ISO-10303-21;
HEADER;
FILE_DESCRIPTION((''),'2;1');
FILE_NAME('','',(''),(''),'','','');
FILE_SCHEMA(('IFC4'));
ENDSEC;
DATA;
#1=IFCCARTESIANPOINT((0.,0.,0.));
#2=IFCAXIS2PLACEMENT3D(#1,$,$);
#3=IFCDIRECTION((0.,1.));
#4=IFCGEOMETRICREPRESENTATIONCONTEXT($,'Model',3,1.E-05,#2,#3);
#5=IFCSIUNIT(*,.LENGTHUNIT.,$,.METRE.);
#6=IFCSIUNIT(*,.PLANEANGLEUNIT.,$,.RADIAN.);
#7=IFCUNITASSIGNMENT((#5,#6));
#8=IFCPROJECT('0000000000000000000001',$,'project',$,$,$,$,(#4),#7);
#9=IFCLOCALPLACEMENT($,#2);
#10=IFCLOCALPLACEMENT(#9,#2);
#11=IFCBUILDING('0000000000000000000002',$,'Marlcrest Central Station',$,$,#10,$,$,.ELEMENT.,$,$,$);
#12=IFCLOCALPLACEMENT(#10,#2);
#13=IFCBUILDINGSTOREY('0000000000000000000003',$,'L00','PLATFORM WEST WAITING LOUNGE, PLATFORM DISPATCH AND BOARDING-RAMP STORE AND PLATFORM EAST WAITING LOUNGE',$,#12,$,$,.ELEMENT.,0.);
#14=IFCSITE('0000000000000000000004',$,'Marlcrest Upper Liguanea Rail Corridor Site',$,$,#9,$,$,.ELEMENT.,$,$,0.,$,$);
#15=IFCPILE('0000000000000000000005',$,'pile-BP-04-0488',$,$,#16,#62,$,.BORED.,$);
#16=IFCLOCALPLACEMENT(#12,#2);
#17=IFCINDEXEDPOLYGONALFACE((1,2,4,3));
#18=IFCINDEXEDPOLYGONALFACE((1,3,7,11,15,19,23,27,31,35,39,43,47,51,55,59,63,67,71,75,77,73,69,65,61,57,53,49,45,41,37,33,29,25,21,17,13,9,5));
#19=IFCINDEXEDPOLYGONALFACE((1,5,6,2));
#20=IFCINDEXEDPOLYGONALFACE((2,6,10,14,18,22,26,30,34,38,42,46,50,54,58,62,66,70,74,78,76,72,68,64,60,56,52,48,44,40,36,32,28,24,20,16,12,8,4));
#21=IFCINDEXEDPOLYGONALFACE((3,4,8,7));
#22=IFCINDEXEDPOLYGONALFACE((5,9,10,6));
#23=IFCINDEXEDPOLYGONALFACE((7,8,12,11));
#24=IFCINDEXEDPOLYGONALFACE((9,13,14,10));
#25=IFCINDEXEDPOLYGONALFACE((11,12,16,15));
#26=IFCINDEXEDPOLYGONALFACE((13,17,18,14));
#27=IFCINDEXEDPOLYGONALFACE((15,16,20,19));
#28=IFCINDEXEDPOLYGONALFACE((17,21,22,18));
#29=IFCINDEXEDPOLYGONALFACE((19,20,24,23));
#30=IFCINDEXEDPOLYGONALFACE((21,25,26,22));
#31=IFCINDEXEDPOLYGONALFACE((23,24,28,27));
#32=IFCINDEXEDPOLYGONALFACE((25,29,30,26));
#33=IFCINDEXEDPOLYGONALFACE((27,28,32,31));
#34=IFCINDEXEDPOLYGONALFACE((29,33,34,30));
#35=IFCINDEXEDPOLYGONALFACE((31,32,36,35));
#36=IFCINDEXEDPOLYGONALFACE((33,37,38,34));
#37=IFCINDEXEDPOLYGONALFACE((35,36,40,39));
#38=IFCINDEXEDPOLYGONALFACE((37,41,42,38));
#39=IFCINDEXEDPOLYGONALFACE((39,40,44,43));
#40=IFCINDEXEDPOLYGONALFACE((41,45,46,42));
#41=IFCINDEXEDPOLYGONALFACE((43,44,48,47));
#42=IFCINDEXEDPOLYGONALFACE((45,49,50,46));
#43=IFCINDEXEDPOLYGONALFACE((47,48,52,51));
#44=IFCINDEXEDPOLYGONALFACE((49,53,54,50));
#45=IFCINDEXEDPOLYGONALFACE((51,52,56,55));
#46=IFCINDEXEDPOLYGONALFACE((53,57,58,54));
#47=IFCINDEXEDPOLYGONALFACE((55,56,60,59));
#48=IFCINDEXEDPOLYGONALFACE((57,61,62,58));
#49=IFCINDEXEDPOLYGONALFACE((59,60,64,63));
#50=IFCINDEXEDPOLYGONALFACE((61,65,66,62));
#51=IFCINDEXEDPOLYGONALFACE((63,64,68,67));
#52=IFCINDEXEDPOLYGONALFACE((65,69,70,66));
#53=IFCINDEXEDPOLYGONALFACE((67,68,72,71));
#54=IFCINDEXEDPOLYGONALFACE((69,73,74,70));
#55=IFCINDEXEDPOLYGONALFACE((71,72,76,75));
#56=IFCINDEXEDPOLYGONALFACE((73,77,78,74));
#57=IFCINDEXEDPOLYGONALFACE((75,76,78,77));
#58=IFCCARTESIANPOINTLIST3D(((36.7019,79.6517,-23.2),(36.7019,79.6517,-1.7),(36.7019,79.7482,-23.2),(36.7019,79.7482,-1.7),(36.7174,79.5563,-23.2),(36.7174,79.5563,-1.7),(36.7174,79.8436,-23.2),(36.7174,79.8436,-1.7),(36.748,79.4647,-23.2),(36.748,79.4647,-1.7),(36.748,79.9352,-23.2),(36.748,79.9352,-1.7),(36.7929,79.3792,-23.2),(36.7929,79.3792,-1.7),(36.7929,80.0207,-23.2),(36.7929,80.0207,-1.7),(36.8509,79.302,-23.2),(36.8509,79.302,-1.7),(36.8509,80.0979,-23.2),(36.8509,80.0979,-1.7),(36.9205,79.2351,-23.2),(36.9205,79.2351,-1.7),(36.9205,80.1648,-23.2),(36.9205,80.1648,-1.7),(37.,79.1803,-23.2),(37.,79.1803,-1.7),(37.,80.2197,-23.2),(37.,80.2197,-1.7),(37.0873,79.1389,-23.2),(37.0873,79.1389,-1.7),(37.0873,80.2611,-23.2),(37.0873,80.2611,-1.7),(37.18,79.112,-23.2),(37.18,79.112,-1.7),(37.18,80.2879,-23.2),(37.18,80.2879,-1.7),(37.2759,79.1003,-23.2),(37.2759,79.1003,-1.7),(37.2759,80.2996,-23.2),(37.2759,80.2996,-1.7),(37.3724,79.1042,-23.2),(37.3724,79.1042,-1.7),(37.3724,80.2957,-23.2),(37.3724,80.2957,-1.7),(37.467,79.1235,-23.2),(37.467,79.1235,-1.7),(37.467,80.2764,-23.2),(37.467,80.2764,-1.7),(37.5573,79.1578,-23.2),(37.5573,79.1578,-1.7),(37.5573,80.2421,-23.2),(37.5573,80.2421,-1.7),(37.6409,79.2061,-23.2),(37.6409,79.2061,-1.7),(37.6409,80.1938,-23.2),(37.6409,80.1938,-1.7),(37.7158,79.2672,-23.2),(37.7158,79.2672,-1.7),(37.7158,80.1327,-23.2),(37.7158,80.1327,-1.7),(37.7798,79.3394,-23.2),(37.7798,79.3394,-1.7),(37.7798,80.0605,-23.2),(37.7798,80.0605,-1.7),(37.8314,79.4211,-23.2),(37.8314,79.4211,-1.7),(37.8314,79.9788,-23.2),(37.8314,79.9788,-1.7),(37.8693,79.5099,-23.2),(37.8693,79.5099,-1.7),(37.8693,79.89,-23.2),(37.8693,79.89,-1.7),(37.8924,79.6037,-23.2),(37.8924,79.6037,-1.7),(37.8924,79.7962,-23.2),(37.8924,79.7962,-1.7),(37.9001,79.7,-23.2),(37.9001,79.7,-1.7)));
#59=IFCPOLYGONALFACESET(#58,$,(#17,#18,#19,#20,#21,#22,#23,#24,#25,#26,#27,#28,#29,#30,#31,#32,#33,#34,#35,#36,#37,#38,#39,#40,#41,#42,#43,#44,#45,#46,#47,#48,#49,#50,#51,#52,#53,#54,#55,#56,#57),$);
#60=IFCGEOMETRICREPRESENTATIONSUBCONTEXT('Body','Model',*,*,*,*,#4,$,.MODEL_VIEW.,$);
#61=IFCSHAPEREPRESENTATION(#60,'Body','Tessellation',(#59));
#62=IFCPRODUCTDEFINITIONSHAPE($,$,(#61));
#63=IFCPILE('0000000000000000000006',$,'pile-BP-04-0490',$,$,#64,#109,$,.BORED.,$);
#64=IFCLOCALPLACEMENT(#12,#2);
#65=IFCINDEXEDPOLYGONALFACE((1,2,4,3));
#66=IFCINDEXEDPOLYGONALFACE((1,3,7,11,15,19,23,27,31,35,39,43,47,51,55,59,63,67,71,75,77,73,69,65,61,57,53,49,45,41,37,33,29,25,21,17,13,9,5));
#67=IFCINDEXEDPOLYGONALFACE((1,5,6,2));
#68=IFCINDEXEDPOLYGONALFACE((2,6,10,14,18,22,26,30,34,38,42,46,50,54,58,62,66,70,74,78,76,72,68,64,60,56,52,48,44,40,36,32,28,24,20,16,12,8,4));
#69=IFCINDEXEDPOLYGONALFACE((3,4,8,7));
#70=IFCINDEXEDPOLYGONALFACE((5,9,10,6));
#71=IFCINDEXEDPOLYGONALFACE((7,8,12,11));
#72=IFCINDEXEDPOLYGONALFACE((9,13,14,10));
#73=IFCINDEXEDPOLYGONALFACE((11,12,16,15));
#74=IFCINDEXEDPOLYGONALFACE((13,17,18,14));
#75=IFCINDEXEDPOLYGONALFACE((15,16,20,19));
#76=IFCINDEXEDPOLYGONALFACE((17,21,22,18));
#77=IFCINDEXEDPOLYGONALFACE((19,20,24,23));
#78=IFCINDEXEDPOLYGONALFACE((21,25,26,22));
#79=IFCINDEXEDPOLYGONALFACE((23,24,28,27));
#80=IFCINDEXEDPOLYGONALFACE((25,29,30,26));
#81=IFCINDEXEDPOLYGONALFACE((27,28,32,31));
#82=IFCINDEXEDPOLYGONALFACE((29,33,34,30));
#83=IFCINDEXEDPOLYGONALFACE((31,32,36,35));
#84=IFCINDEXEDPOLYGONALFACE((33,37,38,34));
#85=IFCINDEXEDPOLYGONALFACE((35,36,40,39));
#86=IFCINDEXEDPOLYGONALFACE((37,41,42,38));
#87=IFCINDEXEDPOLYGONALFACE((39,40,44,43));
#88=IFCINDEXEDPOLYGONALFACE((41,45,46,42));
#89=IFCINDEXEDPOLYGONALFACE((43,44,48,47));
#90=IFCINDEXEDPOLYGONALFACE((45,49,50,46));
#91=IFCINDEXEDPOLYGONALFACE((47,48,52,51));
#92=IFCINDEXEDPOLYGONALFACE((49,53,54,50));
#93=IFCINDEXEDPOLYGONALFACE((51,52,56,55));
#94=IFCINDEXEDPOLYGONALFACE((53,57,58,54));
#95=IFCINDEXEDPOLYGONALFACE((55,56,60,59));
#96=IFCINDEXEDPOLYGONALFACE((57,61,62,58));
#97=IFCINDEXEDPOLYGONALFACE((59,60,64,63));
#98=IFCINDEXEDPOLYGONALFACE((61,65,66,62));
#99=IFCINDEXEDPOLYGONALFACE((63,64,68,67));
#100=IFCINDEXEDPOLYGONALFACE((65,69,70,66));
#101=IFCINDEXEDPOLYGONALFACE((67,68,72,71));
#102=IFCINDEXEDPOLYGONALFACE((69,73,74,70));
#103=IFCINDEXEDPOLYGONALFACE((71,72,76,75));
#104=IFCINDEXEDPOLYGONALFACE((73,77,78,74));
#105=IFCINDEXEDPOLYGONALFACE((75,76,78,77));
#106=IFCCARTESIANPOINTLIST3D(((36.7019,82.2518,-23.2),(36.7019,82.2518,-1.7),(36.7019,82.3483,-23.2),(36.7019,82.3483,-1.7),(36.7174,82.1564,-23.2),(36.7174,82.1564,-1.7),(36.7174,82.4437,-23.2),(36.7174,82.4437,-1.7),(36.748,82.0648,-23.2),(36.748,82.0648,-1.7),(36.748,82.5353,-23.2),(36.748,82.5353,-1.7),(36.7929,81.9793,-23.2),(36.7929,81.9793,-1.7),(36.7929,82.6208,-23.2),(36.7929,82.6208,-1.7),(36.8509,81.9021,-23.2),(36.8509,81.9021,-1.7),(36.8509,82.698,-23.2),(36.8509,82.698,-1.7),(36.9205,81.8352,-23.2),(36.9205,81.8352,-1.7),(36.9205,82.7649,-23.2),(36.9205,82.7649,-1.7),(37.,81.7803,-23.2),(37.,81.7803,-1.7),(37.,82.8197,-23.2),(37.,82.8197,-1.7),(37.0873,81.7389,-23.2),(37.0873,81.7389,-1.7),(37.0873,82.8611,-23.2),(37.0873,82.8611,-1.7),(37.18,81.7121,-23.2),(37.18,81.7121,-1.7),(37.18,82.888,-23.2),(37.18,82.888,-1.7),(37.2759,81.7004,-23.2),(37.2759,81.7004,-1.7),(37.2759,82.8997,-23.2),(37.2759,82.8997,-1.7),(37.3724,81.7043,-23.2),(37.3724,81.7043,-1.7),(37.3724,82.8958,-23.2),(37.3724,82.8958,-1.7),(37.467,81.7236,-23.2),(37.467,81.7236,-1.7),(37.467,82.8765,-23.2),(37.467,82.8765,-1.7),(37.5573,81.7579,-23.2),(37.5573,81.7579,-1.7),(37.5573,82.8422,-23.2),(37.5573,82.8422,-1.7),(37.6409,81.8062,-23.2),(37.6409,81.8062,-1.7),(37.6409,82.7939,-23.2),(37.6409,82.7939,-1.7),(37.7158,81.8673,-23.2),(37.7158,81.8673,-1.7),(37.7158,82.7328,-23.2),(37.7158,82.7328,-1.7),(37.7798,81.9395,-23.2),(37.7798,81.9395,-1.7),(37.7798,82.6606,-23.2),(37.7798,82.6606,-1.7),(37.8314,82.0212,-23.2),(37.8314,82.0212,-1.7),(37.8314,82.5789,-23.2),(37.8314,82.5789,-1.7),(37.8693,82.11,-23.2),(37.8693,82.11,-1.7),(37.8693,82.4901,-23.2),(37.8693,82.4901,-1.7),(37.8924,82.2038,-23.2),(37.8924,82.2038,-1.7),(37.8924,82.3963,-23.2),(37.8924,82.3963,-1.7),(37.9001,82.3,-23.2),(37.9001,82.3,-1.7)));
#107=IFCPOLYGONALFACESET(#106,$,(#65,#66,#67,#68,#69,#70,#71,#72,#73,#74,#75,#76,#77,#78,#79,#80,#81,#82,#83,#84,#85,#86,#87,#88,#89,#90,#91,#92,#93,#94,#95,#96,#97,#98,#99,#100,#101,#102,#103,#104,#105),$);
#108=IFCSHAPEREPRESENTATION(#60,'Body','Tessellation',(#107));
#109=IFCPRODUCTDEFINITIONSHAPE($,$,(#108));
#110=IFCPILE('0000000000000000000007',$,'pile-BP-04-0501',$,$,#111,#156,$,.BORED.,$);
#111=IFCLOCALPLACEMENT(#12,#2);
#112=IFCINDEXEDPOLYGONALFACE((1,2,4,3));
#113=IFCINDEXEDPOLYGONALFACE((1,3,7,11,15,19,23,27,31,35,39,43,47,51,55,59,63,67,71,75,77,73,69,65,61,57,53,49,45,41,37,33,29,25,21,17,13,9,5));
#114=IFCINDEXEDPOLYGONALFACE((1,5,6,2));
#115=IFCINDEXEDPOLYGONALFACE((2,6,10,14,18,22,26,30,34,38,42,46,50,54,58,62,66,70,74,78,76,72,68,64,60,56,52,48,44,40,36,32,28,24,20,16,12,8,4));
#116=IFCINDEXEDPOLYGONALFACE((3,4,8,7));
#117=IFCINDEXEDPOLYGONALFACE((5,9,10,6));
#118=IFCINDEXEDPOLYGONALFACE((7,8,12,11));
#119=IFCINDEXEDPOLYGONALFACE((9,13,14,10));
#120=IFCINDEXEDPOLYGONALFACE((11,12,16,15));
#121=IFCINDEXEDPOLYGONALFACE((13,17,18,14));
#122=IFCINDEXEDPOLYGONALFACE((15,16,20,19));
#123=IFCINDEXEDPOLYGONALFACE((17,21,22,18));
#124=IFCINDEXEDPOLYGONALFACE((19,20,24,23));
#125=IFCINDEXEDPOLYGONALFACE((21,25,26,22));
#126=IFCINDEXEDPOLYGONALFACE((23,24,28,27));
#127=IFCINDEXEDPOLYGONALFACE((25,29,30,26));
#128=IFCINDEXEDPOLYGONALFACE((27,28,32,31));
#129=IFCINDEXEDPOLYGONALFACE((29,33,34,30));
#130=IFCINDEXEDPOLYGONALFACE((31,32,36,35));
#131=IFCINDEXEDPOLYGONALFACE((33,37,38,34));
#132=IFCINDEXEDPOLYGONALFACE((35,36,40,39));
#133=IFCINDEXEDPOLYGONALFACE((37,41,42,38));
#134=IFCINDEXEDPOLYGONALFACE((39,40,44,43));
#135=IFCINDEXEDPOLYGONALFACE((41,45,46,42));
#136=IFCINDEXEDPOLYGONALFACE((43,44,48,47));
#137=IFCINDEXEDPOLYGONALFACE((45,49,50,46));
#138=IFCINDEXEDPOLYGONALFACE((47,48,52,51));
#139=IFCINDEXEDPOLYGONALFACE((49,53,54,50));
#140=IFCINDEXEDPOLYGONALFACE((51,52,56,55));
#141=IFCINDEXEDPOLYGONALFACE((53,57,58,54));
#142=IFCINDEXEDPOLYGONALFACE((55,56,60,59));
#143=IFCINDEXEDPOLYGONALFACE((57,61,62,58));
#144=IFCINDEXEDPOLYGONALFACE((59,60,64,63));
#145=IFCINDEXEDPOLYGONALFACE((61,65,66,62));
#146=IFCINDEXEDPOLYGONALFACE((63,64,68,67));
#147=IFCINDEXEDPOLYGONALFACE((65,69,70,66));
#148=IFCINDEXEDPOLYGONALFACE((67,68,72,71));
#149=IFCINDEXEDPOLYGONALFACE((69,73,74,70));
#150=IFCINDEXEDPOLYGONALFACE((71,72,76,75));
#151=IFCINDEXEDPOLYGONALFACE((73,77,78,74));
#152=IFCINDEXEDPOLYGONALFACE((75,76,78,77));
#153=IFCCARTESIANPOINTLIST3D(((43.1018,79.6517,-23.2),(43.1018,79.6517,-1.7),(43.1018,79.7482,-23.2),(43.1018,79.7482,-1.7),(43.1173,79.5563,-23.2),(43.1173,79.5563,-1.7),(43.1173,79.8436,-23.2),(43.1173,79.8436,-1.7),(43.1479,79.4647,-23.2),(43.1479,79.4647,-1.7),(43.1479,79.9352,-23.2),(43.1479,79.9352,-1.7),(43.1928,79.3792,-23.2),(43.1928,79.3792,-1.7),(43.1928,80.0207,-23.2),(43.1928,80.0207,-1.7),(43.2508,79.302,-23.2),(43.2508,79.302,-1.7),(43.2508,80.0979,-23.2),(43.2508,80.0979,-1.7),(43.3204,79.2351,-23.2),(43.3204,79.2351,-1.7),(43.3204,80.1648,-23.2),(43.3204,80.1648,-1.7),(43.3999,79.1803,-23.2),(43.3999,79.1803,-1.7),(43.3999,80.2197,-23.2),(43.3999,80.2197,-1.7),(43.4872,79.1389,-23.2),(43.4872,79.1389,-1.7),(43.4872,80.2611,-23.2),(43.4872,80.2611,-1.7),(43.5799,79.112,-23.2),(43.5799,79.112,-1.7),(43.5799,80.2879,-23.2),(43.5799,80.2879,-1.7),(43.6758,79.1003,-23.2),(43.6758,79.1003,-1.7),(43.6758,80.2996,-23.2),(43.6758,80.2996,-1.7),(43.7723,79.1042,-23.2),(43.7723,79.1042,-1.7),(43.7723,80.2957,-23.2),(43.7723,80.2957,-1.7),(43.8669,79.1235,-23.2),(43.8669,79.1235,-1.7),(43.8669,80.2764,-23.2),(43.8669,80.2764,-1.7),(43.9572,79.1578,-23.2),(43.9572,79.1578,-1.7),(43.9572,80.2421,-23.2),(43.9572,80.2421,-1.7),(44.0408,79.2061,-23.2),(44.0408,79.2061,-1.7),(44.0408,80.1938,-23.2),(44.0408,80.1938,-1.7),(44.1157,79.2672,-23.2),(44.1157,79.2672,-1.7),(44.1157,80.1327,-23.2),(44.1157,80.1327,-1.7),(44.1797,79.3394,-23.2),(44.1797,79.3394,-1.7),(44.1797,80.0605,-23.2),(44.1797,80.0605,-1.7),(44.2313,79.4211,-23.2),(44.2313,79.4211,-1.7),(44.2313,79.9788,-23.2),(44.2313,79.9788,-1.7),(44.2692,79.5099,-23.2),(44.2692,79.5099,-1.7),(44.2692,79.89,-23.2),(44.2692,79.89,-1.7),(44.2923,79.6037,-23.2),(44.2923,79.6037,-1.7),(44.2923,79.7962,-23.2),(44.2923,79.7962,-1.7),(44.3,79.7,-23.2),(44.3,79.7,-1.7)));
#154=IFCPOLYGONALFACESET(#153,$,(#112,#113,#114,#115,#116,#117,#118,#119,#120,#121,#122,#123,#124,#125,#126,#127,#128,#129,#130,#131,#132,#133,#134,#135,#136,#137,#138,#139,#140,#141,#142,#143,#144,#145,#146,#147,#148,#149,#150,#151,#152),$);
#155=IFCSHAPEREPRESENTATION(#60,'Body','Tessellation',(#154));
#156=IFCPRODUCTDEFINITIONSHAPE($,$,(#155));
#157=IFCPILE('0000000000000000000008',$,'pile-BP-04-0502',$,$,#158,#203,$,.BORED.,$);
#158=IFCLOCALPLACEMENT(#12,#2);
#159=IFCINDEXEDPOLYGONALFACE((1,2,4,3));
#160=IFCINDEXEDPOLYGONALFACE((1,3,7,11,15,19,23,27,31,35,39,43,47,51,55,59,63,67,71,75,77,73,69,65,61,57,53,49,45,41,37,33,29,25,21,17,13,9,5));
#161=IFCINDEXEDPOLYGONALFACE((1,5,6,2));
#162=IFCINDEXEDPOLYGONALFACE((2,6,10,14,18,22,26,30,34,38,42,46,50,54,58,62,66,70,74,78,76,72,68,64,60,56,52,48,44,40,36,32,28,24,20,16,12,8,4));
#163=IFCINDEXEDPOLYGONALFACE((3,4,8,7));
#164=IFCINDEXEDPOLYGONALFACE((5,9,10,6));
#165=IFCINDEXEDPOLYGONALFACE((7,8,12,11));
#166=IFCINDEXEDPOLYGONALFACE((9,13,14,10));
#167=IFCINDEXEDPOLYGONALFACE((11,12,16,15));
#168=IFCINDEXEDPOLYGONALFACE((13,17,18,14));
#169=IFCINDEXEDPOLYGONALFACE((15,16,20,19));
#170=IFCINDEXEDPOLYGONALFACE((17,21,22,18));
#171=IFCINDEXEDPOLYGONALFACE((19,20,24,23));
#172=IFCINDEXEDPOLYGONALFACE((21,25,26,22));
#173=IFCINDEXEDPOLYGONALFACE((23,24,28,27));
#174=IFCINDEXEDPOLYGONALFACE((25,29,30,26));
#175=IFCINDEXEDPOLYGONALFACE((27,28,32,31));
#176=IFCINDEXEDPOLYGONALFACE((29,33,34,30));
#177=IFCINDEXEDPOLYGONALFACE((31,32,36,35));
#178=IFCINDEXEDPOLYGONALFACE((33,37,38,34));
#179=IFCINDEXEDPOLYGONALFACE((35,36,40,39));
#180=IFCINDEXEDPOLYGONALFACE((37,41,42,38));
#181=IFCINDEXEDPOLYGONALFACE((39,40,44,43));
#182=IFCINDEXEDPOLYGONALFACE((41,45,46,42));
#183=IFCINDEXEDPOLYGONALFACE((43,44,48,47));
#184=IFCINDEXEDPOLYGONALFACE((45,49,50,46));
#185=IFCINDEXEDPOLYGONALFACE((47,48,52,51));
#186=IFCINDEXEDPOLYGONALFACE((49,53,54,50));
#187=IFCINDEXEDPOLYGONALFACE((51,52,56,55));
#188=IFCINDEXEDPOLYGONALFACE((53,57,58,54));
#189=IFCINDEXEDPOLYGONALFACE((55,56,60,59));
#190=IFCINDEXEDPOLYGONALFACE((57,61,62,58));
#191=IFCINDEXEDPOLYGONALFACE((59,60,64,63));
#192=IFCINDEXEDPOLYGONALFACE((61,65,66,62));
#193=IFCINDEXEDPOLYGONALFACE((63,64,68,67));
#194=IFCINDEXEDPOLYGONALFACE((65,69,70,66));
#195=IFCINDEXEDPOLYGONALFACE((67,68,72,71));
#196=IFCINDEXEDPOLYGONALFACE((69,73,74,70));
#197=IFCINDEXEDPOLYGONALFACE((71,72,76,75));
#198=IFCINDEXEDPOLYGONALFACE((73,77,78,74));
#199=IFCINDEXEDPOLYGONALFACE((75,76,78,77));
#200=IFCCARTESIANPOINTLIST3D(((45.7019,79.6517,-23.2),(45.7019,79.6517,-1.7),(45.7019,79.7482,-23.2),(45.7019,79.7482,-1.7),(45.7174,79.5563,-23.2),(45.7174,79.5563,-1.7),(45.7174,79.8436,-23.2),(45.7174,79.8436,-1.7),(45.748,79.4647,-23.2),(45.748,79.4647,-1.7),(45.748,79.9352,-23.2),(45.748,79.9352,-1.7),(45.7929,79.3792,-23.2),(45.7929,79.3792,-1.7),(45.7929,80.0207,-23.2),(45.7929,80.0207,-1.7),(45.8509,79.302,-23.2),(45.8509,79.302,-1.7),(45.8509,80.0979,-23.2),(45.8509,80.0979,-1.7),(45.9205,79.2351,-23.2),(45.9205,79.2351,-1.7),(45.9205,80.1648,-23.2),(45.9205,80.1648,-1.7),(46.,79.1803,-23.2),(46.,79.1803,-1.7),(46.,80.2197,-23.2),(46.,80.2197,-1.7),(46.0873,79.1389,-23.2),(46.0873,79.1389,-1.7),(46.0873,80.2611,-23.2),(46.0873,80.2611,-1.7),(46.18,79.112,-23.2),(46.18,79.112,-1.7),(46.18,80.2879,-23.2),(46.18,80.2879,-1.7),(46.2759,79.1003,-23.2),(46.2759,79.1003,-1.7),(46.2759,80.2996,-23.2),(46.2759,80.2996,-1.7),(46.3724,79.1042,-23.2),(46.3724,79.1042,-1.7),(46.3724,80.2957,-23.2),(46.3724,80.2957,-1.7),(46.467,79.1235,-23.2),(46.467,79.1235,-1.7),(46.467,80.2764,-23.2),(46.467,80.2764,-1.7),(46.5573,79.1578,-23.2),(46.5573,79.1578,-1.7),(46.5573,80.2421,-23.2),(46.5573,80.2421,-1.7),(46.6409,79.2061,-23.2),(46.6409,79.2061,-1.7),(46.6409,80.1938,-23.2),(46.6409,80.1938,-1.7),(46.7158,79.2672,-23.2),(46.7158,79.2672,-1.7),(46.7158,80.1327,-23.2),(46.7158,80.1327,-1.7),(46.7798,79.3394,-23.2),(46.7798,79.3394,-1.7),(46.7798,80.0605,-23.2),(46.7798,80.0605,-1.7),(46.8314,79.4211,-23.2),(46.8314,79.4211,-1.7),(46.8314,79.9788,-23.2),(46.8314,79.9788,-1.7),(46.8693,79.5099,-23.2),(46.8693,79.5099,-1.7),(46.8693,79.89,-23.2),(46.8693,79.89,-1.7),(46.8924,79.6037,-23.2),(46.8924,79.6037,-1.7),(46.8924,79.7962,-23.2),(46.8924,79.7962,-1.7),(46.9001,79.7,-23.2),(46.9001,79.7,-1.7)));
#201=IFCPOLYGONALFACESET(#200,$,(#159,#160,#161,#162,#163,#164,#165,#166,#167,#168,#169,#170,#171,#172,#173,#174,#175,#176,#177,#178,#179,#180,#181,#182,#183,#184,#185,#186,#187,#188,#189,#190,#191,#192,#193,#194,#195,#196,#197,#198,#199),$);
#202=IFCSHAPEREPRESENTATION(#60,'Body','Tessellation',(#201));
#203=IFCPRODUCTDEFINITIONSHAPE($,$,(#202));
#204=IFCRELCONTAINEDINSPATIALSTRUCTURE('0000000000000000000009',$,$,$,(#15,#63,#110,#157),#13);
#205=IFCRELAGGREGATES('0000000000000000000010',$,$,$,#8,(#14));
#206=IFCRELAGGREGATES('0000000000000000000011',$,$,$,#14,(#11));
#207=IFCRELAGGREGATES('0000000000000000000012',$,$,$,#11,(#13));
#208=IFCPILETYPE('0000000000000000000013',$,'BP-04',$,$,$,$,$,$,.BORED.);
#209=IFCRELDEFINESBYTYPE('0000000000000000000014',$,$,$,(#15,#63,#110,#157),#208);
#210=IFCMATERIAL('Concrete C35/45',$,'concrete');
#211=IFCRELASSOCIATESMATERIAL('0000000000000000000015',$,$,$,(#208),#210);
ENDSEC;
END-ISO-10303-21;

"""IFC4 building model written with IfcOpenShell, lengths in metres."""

from ifc_helpers import new_model, si_unit, direction, frame, origin, origin_2d, place, context, subcontext, project, spatial, circle, extrude, material, material_profile, profile_set, type_object, element, save


model = new_model("IFC4")

# Units and contexts
model_context = context("Model", 3, precision=1e-05, world=origin(), true_north=direction((0.0, 1.0)))
body_context = subcontext(model_context, "Body", "Model", "MODEL_VIEW")
ifc_project = project(units=[si_unit("LENGTHUNIT", "METRE"), si_unit("PLANEANGLEUNIT", "RADIAN")], contexts=[model_context])

# Site, building, storey
site_placement = place(None, origin())
site = spatial("IfcSite", under=ifc_project, at=site_placement, Name="Marlcrest Upper Liguanea Rail Corridor Site", CompositionType="ELEMENT", RefElevation=0.0)
building_placement = place(site_placement, origin())
building = spatial("IfcBuilding", under=site, at=building_placement, Name="Marlcrest Central Station", CompositionType="ELEMENT")
storey_placement = place(building_placement, origin())
storey = spatial("IfcBuildingStorey", under=building, at=storey_placement, Name="L00", Description="PLATFORM WEST WAITING LOUNGE, PLATFORM DISPATCH AND BOARDING-RAMP STORE AND PLATFORM EAST WAITING LOUNGE", CompositionType="ELEMENT", Elevation=0.0)

# Piles
ifc_material_1 = material(Name="Concrete C35/45", Category="concrete")
ifc_material_profile_1 = material_profile(ifc_material_1, circle(Radius=0.6001, at=origin_2d()), Name="PILE D1200")
ifc_profile_set_1 = profile_set([ifc_material_profile_1], Name="Concrete C35/45")
pile_type_1 = type_object("IfcPileType", Name="BP-04", PredefinedType="BORED", material=ifc_profile_set_1)
for number, where, z_axis, x_axis, name in (
    (1, (37.3, 79.7, -1.7), (0.0, 0.0, -1.0), (1.0, 0.0, 0.0), "pile-BP-04-0488"),
    (2, (37.3, 82.3, -1.7), (0.0, 0.0, -1.0), (1.0, 0.0, 0.0), "pile-BP-04-0490"),
    (3, (43.7, 79.7, -1.7), (0.0, 0.0, -1.0), (1.0, 0.0, 0.0), "pile-BP-04-0501"),
    (4, (46.3, 79.7, -1.7), (0.0, 0.0, -1.0), (1.0, 0.0, 0.0), "pile-BP-04-0502"),
):
    element("IfcPile", number, at=place(storey_placement, frame(where, z_axis=z_axis, x_axis=x_axis)), inside=storey, type_object=pile_type_1, Name=name, PredefinedType="BORED", context=body_context, shape_type="SweptSolid", body=[
        extrude(circle(Radius=0.6001, at=origin_2d()), origin(), (0.0, 0.0, 1.0), 21.5),
    ])

save(model, "model.ifc")
